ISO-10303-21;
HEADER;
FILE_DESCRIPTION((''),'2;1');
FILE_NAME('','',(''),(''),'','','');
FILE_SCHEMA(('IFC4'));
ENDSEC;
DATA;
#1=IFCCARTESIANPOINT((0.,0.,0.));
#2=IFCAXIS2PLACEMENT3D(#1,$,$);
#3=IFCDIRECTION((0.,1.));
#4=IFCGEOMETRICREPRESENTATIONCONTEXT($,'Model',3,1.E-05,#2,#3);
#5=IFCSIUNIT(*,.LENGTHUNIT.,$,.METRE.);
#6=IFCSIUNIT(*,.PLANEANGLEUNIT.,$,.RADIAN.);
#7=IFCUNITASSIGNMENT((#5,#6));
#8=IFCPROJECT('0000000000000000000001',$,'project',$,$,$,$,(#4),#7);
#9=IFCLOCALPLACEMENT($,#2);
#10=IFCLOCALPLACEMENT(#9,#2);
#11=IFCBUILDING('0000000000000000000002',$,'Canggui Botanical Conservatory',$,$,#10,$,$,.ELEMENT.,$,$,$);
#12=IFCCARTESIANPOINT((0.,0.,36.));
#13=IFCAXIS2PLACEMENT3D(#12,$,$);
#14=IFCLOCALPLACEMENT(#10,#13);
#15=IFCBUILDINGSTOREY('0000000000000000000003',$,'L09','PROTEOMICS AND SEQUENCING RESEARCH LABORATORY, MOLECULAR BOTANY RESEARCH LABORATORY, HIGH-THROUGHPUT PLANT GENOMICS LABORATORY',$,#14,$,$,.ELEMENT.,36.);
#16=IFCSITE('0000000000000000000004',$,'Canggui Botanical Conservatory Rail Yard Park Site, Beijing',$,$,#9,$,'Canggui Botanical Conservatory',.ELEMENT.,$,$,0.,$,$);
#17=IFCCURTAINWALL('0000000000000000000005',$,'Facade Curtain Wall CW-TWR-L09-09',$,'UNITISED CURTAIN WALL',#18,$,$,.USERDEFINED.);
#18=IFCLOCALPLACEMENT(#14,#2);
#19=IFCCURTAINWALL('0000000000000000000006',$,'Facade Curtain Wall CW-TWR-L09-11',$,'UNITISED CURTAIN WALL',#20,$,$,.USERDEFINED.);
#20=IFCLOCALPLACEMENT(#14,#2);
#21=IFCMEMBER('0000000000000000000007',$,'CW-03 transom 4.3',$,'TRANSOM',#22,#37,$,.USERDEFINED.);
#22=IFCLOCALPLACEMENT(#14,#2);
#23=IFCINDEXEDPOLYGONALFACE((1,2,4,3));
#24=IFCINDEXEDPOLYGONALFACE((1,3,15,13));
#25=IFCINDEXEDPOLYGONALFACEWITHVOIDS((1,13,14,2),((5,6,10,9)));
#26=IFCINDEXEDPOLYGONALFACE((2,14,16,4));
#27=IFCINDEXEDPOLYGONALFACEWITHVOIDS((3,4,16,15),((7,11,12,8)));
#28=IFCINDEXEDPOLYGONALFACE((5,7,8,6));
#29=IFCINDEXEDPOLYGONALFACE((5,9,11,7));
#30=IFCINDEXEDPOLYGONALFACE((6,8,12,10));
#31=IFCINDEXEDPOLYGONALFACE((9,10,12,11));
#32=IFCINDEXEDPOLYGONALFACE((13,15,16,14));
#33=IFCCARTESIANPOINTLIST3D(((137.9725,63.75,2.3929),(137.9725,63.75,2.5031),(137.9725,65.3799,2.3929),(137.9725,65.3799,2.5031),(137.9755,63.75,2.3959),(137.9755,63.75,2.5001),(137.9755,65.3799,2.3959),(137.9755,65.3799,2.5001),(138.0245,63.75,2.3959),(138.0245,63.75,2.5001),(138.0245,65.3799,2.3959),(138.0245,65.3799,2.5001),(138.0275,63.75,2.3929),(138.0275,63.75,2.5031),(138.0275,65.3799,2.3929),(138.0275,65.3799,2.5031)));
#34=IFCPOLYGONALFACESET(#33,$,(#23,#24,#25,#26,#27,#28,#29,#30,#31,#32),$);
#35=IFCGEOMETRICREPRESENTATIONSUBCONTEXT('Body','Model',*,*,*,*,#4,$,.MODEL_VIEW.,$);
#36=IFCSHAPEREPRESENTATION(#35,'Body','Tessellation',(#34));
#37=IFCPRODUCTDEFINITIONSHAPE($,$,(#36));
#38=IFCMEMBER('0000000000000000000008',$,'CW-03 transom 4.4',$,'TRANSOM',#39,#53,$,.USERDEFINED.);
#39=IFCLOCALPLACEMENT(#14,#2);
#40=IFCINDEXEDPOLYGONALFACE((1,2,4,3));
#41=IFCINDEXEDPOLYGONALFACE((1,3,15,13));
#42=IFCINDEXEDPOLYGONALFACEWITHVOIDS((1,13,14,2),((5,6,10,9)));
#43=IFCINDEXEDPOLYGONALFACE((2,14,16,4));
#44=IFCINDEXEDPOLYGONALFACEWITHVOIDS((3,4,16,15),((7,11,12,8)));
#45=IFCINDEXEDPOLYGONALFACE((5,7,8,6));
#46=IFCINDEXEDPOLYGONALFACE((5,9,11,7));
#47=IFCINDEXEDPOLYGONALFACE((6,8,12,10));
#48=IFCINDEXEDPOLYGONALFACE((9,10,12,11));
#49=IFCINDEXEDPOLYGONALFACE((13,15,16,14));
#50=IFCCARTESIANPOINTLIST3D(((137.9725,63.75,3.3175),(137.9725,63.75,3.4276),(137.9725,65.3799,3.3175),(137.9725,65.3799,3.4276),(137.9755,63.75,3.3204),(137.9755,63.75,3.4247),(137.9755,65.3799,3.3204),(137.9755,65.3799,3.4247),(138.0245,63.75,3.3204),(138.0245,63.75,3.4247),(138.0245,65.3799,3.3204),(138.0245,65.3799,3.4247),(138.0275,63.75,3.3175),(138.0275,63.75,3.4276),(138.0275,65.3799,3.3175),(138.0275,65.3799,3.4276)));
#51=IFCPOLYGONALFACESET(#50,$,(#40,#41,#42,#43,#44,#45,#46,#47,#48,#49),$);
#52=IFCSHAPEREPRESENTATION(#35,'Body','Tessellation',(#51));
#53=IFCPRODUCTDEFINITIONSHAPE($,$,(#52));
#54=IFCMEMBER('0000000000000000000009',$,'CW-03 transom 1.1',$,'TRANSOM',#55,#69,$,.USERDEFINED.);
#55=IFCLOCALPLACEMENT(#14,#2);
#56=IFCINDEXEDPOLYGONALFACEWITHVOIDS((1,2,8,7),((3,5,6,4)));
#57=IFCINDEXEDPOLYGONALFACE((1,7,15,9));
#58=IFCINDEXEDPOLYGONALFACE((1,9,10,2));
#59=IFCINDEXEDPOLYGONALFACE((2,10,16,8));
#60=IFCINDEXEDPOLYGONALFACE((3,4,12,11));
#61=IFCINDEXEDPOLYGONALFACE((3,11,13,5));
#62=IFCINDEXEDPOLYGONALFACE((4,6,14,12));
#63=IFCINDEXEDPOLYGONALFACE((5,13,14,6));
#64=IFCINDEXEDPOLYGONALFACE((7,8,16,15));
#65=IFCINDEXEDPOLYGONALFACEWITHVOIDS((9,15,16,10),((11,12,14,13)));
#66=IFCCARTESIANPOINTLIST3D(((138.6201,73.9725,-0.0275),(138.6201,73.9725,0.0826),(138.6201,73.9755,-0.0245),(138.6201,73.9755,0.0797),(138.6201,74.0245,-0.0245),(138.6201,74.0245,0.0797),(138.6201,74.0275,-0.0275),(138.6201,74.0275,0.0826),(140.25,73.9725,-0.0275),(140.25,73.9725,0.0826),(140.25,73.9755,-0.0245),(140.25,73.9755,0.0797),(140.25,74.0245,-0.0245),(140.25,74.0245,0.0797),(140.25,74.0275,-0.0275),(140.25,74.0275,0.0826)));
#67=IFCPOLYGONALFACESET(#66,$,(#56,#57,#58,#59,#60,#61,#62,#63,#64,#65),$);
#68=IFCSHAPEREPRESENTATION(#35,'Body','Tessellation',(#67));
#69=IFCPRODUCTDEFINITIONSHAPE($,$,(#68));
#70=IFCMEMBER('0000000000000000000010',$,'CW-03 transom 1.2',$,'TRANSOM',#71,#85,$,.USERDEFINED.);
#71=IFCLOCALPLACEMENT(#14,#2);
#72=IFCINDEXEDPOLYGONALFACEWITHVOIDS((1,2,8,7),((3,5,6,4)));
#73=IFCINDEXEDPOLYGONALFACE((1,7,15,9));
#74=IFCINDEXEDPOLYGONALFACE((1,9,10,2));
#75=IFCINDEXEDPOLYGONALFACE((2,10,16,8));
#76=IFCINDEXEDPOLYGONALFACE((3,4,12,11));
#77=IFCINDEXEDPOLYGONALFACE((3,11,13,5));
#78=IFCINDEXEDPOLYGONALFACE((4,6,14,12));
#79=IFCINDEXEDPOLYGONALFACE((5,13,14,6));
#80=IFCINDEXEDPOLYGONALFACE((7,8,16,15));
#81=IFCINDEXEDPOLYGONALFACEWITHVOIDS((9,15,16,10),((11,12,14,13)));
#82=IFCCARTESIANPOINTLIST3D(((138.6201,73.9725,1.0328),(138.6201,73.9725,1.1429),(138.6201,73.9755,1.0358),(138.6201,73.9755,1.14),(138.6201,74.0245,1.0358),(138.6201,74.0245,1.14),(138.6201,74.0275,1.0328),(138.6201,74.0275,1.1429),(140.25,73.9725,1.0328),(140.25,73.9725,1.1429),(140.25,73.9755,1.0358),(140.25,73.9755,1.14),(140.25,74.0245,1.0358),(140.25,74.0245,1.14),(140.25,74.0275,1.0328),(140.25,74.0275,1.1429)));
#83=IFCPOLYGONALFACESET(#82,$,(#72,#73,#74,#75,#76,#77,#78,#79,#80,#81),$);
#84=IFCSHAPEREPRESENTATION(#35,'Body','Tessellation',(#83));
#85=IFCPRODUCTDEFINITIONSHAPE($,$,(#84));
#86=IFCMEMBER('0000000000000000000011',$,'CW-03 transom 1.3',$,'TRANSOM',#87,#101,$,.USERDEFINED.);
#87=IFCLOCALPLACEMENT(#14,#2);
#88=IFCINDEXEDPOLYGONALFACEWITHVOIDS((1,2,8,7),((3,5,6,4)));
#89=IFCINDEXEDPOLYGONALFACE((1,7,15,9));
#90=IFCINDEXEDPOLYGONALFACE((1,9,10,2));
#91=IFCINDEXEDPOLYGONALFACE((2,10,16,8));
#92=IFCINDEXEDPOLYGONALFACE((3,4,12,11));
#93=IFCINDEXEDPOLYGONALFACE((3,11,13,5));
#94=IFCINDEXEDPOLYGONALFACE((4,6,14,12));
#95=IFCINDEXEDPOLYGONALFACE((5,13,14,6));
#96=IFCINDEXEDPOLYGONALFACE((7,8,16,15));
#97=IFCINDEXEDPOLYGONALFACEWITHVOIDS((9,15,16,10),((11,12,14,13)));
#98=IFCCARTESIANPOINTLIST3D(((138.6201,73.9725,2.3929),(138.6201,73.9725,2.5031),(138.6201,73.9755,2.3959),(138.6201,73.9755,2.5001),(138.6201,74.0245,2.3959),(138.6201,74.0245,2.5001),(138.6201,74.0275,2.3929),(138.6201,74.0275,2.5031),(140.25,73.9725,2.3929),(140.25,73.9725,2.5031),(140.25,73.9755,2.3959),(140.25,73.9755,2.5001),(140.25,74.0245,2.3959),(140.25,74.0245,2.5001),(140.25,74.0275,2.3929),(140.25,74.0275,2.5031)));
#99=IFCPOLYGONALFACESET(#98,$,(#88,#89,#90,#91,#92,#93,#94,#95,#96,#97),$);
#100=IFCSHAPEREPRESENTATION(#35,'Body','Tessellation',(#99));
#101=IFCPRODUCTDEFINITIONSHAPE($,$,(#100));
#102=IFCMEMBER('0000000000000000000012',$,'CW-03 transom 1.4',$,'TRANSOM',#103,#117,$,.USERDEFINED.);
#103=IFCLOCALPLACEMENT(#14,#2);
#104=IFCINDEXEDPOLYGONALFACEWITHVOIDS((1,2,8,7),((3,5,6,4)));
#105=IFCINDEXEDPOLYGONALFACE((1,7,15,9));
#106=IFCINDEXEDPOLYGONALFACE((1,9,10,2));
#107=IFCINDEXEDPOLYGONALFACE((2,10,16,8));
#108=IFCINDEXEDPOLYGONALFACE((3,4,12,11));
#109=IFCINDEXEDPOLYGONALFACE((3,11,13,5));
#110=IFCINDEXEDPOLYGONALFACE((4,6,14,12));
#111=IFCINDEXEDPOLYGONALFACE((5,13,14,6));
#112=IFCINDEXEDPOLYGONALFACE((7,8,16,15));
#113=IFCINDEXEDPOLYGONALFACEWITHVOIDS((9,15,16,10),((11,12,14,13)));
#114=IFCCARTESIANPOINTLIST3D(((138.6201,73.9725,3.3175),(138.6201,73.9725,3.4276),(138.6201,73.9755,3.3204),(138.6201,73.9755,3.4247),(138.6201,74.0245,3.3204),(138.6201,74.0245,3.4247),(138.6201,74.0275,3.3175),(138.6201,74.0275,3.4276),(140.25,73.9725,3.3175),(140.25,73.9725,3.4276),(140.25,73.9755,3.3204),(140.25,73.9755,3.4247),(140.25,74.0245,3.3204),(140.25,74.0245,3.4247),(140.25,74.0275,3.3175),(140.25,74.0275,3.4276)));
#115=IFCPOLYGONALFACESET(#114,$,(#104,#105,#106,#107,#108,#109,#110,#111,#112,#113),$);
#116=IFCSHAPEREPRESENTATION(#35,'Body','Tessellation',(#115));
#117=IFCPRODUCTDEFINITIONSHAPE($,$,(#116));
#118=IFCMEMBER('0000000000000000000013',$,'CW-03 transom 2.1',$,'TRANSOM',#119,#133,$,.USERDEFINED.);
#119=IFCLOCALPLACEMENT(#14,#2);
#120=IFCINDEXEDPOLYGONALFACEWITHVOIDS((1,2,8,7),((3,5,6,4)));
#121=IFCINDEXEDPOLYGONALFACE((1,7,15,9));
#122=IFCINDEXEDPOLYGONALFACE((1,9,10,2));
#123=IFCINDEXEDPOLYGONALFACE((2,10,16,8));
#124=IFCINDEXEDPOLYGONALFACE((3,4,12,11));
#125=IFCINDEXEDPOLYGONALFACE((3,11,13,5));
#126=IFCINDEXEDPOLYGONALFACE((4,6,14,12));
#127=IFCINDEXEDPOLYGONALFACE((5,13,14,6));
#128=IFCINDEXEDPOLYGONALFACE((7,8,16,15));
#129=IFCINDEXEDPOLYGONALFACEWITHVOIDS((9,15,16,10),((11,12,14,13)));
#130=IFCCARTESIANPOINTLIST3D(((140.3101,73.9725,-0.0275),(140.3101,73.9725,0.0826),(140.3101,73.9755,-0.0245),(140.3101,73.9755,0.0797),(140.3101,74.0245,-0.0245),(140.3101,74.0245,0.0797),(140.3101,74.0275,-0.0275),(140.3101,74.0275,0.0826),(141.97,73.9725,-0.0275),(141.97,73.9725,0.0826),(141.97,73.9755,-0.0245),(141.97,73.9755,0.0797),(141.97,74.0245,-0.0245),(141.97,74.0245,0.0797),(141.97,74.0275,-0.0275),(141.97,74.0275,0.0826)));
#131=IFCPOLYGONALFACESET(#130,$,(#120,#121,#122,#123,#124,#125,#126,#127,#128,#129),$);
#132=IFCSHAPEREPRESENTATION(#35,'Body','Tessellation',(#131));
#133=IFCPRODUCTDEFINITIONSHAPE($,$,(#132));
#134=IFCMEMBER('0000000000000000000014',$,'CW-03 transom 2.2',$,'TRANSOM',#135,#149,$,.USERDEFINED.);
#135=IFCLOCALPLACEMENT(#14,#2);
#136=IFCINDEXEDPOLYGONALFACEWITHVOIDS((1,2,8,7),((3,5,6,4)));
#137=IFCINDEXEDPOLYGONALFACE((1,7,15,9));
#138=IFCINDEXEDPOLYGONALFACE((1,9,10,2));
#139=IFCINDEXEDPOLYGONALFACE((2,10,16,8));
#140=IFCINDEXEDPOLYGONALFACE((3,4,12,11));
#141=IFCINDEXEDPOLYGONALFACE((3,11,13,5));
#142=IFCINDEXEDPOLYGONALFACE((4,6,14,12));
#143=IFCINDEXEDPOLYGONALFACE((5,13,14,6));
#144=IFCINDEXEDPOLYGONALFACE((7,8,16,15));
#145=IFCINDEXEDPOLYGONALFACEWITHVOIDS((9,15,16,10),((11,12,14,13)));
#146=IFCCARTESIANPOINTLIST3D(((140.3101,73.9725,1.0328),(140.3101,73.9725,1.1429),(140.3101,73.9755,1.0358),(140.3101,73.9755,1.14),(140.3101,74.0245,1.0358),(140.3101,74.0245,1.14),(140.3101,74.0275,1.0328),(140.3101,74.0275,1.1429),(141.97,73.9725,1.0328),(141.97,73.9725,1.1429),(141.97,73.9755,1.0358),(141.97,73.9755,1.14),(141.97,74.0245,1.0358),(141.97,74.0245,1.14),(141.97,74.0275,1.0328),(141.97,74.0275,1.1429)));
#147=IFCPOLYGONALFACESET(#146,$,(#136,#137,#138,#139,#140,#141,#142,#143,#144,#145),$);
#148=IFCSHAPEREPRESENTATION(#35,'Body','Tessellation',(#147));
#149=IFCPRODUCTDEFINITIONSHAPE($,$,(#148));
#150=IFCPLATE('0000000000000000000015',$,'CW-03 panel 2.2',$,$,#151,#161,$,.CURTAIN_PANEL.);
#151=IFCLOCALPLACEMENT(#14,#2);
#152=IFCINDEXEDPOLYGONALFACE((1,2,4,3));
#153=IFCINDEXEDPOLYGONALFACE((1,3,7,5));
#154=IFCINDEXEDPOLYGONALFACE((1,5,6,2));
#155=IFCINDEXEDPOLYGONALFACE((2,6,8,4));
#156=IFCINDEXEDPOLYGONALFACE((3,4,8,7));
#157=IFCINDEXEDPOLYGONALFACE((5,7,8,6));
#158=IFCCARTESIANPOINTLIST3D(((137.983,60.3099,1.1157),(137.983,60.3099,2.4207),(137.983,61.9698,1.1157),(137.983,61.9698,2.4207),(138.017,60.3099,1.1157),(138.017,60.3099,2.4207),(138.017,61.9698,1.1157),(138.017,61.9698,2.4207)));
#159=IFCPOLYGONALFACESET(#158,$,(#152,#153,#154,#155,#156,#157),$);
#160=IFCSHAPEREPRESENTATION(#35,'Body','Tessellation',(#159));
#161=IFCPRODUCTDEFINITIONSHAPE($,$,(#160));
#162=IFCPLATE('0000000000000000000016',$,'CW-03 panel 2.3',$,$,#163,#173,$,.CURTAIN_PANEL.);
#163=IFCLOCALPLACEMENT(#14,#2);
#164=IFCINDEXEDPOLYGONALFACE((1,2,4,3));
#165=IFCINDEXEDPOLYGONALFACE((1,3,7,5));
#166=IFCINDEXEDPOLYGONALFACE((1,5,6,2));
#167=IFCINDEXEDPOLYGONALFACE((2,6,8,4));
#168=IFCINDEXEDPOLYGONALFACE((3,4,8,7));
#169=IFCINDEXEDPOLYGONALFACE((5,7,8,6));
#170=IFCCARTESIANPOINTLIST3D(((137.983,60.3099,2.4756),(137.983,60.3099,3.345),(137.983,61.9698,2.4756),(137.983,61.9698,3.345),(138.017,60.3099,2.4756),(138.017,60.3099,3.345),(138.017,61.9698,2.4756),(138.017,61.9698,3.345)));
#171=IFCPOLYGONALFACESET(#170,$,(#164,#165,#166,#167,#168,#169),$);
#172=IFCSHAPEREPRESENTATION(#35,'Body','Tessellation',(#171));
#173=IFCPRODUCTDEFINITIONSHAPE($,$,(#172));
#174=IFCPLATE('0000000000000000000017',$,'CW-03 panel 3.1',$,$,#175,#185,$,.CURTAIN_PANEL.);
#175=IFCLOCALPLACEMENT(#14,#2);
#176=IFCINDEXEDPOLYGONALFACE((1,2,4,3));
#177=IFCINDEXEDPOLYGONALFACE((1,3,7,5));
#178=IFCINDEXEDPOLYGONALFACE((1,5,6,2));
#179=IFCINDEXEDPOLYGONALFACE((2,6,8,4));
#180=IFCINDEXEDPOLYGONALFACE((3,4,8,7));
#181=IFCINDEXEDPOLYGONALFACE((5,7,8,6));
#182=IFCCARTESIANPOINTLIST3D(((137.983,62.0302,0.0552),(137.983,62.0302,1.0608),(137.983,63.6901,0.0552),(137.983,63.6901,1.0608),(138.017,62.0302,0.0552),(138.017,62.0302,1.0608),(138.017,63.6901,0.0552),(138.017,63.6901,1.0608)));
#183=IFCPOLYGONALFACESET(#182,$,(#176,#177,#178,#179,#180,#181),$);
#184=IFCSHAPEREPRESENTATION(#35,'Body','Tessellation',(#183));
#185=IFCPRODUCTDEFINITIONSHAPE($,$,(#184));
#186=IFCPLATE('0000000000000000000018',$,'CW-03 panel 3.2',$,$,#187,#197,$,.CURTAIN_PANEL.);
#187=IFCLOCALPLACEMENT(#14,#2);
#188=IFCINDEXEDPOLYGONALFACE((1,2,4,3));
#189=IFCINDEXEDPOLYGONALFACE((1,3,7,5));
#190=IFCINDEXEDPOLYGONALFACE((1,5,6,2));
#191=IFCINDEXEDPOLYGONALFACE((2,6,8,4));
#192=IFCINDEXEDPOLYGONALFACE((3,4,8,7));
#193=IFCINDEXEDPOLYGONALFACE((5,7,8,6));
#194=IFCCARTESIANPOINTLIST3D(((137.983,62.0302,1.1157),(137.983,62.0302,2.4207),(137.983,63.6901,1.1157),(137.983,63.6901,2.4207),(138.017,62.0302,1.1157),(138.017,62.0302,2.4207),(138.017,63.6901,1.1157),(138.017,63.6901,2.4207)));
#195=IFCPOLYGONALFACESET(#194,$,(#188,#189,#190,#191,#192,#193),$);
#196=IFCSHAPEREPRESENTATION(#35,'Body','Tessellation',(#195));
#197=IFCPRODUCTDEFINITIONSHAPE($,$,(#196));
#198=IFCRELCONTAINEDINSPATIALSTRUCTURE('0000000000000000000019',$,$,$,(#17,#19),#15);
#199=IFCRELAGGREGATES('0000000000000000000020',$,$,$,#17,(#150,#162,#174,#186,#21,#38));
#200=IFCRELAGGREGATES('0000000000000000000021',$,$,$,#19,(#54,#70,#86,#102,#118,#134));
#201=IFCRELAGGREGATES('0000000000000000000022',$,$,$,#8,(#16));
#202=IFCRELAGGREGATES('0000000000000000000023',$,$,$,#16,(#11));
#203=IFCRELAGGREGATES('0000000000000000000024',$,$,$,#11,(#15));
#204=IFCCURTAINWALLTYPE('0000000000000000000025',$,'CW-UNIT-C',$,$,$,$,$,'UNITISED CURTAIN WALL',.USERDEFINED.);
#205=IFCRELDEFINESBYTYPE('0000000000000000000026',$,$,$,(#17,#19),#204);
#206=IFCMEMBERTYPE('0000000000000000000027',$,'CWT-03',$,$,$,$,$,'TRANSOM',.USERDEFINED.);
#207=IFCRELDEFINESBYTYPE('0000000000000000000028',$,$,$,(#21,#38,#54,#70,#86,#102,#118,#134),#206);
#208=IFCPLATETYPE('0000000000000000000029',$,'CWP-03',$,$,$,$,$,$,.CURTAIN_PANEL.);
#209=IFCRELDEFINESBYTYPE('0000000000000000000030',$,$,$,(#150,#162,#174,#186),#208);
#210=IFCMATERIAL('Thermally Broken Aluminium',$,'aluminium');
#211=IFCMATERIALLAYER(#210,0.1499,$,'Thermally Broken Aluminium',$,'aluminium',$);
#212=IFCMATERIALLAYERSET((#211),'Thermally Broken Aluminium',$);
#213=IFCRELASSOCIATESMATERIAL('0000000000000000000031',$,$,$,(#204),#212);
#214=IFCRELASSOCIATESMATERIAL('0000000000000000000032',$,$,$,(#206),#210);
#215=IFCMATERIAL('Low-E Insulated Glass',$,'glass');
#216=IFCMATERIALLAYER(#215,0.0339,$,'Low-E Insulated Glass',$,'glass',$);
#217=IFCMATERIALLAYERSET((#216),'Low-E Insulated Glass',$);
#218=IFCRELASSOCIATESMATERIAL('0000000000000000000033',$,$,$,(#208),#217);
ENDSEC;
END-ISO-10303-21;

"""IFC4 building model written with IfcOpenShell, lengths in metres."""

from ifc_helpers import new_model, si_unit, direction, frame, origin, origin_2d, place, context, subcontext, project, spatial, rectangle, hollow_rectangle, extrude, material, layer, layer_set, material_profile, profile_set, type_object, element, aggregate, save


model = new_model("IFC4")

# Units and contexts
model_context = context("Model", 3, precision=1e-05, world=origin(), true_north=direction((0.0, 1.0)))
body_context = subcontext(model_context, "Body", "Model", "MODEL_VIEW")
ifc_project = project(units=[si_unit("LENGTHUNIT", "METRE"), si_unit("PLANEANGLEUNIT", "RADIAN")], contexts=[model_context])

# Site, building, storey
site_placement = place(None, origin())
site = spatial("IfcSite", under=ifc_project, at=site_placement, Name="Canggui Botanical Conservatory Rail Yard Park Site, Beijing", LongName="Canggui Botanical Conservatory", CompositionType="ELEMENT", RefElevation=0.0)
building_placement = place(site_placement, origin())
building = spatial("IfcBuilding", under=site, at=building_placement, Name="Canggui Botanical Conservatory", CompositionType="ELEMENT")
storey_placement = place(building_placement, frame((0.0, 0.0, 36.0)))
storey = spatial("IfcBuildingStorey", under=building, at=storey_placement, Name="L09", Description="PROTEOMICS AND SEQUENCING RESEARCH LABORATORY, MOLECULAR BOTANY RESEARCH LABORATORY, HIGH-THROUGHPUT PLANT GENOMICS LABORATORY", CompositionType="ELEMENT", Elevation=36.0)

# Curtain walls
ifc_material_1 = material(Name="Thermally Broken Aluminium", Category="aluminium")
ifc_layer_1 = layer(ifc_material_1, 0.1499, Name="Thermally Broken Aluminium", Category="aluminium")
ifc_layer_set_1 = layer_set([ifc_layer_1], Name="Thermally Broken Aluminium")
curtain_wall_type = type_object("IfcCurtainWallType", Name="CW-UNIT-C", ElementType="UNITISED CURTAIN WALL", PredefinedType="USERDEFINED", material=ifc_layer_set_1)
curtain_wall_1_placement = place(storey_placement, origin())
curtain_wall_1 = element("IfcCurtainWall", 1, at=curtain_wall_1_placement, inside=storey, type_object=curtain_wall_type, Name="Facade Curtain Wall CW-TWR-L09-09", ObjectType="UNITISED CURTAIN WALL", PredefinedType="USERDEFINED")
curtain_wall_2_placement = place(storey_placement, origin())
curtain_wall_2 = element("IfcCurtainWall", 2, at=curtain_wall_2_placement, inside=storey, type_object=curtain_wall_type, Name="Facade Curtain Wall CW-TWR-L09-11", ObjectType="UNITISED CURTAIN WALL", PredefinedType="USERDEFINED")

# Members
ifc_material_profile_1 = material_profile(ifc_material_1, hollow_rectangle(XDim=0.0549, YDim=0.1101, WallThickness=0.0029, at=origin_2d()), Name="CWT 55x110x3")
ifc_profile_set_1 = profile_set([ifc_material_profile_1], Name="Thermally Broken Aluminium")
member_type_1 = type_object("IfcMemberType", Name="CWT-03", ElementType="TRANSOM", PredefinedType="USERDEFINED", material=ifc_profile_set_1)
member_1_placement = place(storey_placement, frame((138.0, 63.75, 2.448), z_axis=(0.0, 1.0, 0.0), x_axis=(-1.0, 0.0, 0.0)))
member_1 = element("IfcMember", 3, at=member_1_placement, type_object=member_type_1, Name="CW-03 transom 4.3", ObjectType="TRANSOM", PredefinedType="USERDEFINED", context=body_context, shape_type="SweptSolid", body=[
    extrude(hollow_rectangle(XDim=0.0549, YDim=0.1101, WallThickness=0.0029, at=origin_2d()), origin(), (0.0, 0.0, 1.0), 1.6299),
])
member_2_placement = place(storey_placement, frame((138.0, 63.75, 3.3726), z_axis=(0.0, 1.0, 0.0), x_axis=(-1.0, 0.0, 0.0)))
member_2 = element("IfcMember", 4, at=member_2_placement, type_object=member_type_1, Name="CW-03 transom 4.4", ObjectType="TRANSOM", PredefinedType="USERDEFINED", context=body_context, shape_type="SweptSolid", body=[
    extrude(hollow_rectangle(XDim=0.0549, YDim=0.1101, WallThickness=0.0029, at=origin_2d()), origin(), (0.0, 0.0, 1.0), 1.6299),
])
member_3_placement = place(storey_placement, frame((138.6201, 74.0, 0.0276), z_axis=(1.0, 0.0, 0.0), x_axis=(0.0, 1.0, 0.0)))
member_3 = element("IfcMember", 5, at=member_3_placement, type_object=member_type_1, Name="CW-03 transom 1.1", ObjectType="TRANSOM", PredefinedType="USERDEFINED", context=body_context, shape_type="SweptSolid", body=[
    extrude(hollow_rectangle(XDim=0.0549, YDim=0.1101, WallThickness=0.0029, at=origin_2d()), origin(), (0.0, 0.0, 1.0), 1.6299),
])
member_4_placement = place(storey_placement, frame((138.6201, 74.0, 1.0879), z_axis=(1.0, 0.0, 0.0), x_axis=(0.0, 1.0, 0.0)))
member_4 = element("IfcMember", 6, at=member_4_placement, type_object=member_type_1, Name="CW-03 transom 1.2", ObjectType="TRANSOM", PredefinedType="USERDEFINED", context=body_context, shape_type="SweptSolid", body=[
    extrude(hollow_rectangle(XDim=0.0549, YDim=0.1101, WallThickness=0.0029, at=origin_2d()), origin(), (0.0, 0.0, 1.0), 1.6299),
])
member_5_placement = place(storey_placement, frame((138.6201, 74.0, 2.448), z_axis=(1.0, 0.0, 0.0), x_axis=(0.0, 1.0, 0.0)))
member_5 = element("IfcMember", 7, at=member_5_placement, type_object=member_type_1, Name="CW-03 transom 1.3", ObjectType="TRANSOM", PredefinedType="USERDEFINED", context=body_context, shape_type="SweptSolid", body=[
    extrude(hollow_rectangle(XDim=0.0549, YDim=0.1101, WallThickness=0.0029, at=origin_2d()), origin(), (0.0, 0.0, 1.0), 1.6299),
])
member_6_placement = place(storey_placement, frame((138.6201, 74.0, 3.3726), z_axis=(1.0, 0.0, 0.0), x_axis=(0.0, 1.0, 0.0)))
member_6 = element("IfcMember", 8, at=member_6_placement, type_object=member_type_1, Name="CW-03 transom 1.4", ObjectType="TRANSOM", PredefinedType="USERDEFINED", context=body_context, shape_type="SweptSolid", body=[
    extrude(hollow_rectangle(XDim=0.0549, YDim=0.1101, WallThickness=0.0029, at=origin_2d()), origin(), (0.0, 0.0, 1.0), 1.6299),
])
member_7_placement = place(storey_placement, frame((140.3101, 74.0, 0.0276), z_axis=(1.0, 0.0, 0.0), x_axis=(0.0, 1.0, 0.0)))
member_7 = element("IfcMember", 9, at=member_7_placement, type_object=member_type_1, Name="CW-03 transom 2.1", ObjectType="TRANSOM", PredefinedType="USERDEFINED", context=body_context, shape_type="SweptSolid", body=[
    extrude(hollow_rectangle(XDim=0.0549, YDim=0.1101, WallThickness=0.0029, at=origin_2d()), origin(), (0.0, 0.0, 1.0), 1.6599),
])
member_8_placement = place(storey_placement, frame((140.3101, 74.0, 1.0879), z_axis=(1.0, 0.0, 0.0), x_axis=(0.0, 1.0, 0.0)))
member_8 = element("IfcMember", 10, at=member_8_placement, type_object=member_type_1, Name="CW-03 transom 2.2", ObjectType="TRANSOM", PredefinedType="USERDEFINED", context=body_context, shape_type="SweptSolid", body=[
    extrude(hollow_rectangle(XDim=0.0549, YDim=0.1101, WallThickness=0.0029, at=origin_2d()), origin(), (0.0, 0.0, 1.0), 1.6599),
])

# Plates
ifc_material_2 = material(Name="Low-E Insulated Glass", Category="glass")
ifc_layer_2 = layer(ifc_material_2, 0.0339, Name="Low-E Insulated Glass", Category="glass")
ifc_layer_set_2 = layer_set([ifc_layer_2], Name="Low-E Insulated Glass")
plate_type = type_object("IfcPlateType", Name="CWP-03", PredefinedType="CURTAIN_PANEL", material=ifc_layer_set_2)
plate_1_placement = place(storey_placement, frame((138.0, 61.1399, 1.1157), z_axis=(0.0, 0.0, 1.0), x_axis=(0.0, 1.0, 0.0)))
plate_1 = element("IfcPlate", 11, at=plate_1_placement, type_object=plate_type, Name="CW-03 panel 2.2", PredefinedType="CURTAIN_PANEL", context=body_context, shape_type="SweptSolid", body=[
    extrude(rectangle(XDim=1.6599, YDim=0.0339, at=origin_2d()), origin(), (0.0, 0.0, 1.0), 1.3049),
])
plate_2_placement = place(storey_placement, frame((138.0, 61.1399, 2.4756), z_axis=(0.0, 0.0, 1.0), x_axis=(0.0, 1.0, 0.0)))
plate_2 = element("IfcPlate", 12, at=plate_2_placement, type_object=plate_type, Name="CW-03 panel 2.3", PredefinedType="CURTAIN_PANEL", context=body_context, shape_type="SweptSolid", body=[
    extrude(rectangle(XDim=1.6599, YDim=0.0339, at=origin_2d()), origin(), (0.0, 0.0, 1.0), 0.8694),
])
plate_3_placement = place(storey_placement, frame((138.0, 62.8601, 0.0552), z_axis=(0.0, 0.0, 1.0), x_axis=(0.0, 1.0, 0.0)))
plate_3 = element("IfcPlate", 13, at=plate_3_placement, type_object=plate_type, Name="CW-03 panel 3.1", PredefinedType="CURTAIN_PANEL", context=body_context, shape_type="SweptSolid", body=[
    extrude(rectangle(XDim=1.6599, YDim=0.0339, at=origin_2d()), origin(), (0.0, 0.0, 1.0), 1.0056),
])
plate_4_placement = place(storey_placement, frame((138.0, 62.8601, 1.1157), z_axis=(0.0, 0.0, 1.0), x_axis=(0.0, 1.0, 0.0)))
plate_4 = element("IfcPlate", 14, at=plate_4_placement, type_object=plate_type, Name="CW-03 panel 3.2", PredefinedType="CURTAIN_PANEL", context=body_context, shape_type="SweptSolid", body=[
    extrude(rectangle(XDim=1.6599, YDim=0.0339, at=origin_2d()), origin(), (0.0, 0.0, 1.0), 1.3049),
])
aggregate(curtain_wall_1, [plate_1, plate_2, plate_3, plate_4, member_1, member_2])
aggregate(curtain_wall_2, [member_3, member_4, member_5, member_6, member_7, member_8])

save(model, "model.ifc")
